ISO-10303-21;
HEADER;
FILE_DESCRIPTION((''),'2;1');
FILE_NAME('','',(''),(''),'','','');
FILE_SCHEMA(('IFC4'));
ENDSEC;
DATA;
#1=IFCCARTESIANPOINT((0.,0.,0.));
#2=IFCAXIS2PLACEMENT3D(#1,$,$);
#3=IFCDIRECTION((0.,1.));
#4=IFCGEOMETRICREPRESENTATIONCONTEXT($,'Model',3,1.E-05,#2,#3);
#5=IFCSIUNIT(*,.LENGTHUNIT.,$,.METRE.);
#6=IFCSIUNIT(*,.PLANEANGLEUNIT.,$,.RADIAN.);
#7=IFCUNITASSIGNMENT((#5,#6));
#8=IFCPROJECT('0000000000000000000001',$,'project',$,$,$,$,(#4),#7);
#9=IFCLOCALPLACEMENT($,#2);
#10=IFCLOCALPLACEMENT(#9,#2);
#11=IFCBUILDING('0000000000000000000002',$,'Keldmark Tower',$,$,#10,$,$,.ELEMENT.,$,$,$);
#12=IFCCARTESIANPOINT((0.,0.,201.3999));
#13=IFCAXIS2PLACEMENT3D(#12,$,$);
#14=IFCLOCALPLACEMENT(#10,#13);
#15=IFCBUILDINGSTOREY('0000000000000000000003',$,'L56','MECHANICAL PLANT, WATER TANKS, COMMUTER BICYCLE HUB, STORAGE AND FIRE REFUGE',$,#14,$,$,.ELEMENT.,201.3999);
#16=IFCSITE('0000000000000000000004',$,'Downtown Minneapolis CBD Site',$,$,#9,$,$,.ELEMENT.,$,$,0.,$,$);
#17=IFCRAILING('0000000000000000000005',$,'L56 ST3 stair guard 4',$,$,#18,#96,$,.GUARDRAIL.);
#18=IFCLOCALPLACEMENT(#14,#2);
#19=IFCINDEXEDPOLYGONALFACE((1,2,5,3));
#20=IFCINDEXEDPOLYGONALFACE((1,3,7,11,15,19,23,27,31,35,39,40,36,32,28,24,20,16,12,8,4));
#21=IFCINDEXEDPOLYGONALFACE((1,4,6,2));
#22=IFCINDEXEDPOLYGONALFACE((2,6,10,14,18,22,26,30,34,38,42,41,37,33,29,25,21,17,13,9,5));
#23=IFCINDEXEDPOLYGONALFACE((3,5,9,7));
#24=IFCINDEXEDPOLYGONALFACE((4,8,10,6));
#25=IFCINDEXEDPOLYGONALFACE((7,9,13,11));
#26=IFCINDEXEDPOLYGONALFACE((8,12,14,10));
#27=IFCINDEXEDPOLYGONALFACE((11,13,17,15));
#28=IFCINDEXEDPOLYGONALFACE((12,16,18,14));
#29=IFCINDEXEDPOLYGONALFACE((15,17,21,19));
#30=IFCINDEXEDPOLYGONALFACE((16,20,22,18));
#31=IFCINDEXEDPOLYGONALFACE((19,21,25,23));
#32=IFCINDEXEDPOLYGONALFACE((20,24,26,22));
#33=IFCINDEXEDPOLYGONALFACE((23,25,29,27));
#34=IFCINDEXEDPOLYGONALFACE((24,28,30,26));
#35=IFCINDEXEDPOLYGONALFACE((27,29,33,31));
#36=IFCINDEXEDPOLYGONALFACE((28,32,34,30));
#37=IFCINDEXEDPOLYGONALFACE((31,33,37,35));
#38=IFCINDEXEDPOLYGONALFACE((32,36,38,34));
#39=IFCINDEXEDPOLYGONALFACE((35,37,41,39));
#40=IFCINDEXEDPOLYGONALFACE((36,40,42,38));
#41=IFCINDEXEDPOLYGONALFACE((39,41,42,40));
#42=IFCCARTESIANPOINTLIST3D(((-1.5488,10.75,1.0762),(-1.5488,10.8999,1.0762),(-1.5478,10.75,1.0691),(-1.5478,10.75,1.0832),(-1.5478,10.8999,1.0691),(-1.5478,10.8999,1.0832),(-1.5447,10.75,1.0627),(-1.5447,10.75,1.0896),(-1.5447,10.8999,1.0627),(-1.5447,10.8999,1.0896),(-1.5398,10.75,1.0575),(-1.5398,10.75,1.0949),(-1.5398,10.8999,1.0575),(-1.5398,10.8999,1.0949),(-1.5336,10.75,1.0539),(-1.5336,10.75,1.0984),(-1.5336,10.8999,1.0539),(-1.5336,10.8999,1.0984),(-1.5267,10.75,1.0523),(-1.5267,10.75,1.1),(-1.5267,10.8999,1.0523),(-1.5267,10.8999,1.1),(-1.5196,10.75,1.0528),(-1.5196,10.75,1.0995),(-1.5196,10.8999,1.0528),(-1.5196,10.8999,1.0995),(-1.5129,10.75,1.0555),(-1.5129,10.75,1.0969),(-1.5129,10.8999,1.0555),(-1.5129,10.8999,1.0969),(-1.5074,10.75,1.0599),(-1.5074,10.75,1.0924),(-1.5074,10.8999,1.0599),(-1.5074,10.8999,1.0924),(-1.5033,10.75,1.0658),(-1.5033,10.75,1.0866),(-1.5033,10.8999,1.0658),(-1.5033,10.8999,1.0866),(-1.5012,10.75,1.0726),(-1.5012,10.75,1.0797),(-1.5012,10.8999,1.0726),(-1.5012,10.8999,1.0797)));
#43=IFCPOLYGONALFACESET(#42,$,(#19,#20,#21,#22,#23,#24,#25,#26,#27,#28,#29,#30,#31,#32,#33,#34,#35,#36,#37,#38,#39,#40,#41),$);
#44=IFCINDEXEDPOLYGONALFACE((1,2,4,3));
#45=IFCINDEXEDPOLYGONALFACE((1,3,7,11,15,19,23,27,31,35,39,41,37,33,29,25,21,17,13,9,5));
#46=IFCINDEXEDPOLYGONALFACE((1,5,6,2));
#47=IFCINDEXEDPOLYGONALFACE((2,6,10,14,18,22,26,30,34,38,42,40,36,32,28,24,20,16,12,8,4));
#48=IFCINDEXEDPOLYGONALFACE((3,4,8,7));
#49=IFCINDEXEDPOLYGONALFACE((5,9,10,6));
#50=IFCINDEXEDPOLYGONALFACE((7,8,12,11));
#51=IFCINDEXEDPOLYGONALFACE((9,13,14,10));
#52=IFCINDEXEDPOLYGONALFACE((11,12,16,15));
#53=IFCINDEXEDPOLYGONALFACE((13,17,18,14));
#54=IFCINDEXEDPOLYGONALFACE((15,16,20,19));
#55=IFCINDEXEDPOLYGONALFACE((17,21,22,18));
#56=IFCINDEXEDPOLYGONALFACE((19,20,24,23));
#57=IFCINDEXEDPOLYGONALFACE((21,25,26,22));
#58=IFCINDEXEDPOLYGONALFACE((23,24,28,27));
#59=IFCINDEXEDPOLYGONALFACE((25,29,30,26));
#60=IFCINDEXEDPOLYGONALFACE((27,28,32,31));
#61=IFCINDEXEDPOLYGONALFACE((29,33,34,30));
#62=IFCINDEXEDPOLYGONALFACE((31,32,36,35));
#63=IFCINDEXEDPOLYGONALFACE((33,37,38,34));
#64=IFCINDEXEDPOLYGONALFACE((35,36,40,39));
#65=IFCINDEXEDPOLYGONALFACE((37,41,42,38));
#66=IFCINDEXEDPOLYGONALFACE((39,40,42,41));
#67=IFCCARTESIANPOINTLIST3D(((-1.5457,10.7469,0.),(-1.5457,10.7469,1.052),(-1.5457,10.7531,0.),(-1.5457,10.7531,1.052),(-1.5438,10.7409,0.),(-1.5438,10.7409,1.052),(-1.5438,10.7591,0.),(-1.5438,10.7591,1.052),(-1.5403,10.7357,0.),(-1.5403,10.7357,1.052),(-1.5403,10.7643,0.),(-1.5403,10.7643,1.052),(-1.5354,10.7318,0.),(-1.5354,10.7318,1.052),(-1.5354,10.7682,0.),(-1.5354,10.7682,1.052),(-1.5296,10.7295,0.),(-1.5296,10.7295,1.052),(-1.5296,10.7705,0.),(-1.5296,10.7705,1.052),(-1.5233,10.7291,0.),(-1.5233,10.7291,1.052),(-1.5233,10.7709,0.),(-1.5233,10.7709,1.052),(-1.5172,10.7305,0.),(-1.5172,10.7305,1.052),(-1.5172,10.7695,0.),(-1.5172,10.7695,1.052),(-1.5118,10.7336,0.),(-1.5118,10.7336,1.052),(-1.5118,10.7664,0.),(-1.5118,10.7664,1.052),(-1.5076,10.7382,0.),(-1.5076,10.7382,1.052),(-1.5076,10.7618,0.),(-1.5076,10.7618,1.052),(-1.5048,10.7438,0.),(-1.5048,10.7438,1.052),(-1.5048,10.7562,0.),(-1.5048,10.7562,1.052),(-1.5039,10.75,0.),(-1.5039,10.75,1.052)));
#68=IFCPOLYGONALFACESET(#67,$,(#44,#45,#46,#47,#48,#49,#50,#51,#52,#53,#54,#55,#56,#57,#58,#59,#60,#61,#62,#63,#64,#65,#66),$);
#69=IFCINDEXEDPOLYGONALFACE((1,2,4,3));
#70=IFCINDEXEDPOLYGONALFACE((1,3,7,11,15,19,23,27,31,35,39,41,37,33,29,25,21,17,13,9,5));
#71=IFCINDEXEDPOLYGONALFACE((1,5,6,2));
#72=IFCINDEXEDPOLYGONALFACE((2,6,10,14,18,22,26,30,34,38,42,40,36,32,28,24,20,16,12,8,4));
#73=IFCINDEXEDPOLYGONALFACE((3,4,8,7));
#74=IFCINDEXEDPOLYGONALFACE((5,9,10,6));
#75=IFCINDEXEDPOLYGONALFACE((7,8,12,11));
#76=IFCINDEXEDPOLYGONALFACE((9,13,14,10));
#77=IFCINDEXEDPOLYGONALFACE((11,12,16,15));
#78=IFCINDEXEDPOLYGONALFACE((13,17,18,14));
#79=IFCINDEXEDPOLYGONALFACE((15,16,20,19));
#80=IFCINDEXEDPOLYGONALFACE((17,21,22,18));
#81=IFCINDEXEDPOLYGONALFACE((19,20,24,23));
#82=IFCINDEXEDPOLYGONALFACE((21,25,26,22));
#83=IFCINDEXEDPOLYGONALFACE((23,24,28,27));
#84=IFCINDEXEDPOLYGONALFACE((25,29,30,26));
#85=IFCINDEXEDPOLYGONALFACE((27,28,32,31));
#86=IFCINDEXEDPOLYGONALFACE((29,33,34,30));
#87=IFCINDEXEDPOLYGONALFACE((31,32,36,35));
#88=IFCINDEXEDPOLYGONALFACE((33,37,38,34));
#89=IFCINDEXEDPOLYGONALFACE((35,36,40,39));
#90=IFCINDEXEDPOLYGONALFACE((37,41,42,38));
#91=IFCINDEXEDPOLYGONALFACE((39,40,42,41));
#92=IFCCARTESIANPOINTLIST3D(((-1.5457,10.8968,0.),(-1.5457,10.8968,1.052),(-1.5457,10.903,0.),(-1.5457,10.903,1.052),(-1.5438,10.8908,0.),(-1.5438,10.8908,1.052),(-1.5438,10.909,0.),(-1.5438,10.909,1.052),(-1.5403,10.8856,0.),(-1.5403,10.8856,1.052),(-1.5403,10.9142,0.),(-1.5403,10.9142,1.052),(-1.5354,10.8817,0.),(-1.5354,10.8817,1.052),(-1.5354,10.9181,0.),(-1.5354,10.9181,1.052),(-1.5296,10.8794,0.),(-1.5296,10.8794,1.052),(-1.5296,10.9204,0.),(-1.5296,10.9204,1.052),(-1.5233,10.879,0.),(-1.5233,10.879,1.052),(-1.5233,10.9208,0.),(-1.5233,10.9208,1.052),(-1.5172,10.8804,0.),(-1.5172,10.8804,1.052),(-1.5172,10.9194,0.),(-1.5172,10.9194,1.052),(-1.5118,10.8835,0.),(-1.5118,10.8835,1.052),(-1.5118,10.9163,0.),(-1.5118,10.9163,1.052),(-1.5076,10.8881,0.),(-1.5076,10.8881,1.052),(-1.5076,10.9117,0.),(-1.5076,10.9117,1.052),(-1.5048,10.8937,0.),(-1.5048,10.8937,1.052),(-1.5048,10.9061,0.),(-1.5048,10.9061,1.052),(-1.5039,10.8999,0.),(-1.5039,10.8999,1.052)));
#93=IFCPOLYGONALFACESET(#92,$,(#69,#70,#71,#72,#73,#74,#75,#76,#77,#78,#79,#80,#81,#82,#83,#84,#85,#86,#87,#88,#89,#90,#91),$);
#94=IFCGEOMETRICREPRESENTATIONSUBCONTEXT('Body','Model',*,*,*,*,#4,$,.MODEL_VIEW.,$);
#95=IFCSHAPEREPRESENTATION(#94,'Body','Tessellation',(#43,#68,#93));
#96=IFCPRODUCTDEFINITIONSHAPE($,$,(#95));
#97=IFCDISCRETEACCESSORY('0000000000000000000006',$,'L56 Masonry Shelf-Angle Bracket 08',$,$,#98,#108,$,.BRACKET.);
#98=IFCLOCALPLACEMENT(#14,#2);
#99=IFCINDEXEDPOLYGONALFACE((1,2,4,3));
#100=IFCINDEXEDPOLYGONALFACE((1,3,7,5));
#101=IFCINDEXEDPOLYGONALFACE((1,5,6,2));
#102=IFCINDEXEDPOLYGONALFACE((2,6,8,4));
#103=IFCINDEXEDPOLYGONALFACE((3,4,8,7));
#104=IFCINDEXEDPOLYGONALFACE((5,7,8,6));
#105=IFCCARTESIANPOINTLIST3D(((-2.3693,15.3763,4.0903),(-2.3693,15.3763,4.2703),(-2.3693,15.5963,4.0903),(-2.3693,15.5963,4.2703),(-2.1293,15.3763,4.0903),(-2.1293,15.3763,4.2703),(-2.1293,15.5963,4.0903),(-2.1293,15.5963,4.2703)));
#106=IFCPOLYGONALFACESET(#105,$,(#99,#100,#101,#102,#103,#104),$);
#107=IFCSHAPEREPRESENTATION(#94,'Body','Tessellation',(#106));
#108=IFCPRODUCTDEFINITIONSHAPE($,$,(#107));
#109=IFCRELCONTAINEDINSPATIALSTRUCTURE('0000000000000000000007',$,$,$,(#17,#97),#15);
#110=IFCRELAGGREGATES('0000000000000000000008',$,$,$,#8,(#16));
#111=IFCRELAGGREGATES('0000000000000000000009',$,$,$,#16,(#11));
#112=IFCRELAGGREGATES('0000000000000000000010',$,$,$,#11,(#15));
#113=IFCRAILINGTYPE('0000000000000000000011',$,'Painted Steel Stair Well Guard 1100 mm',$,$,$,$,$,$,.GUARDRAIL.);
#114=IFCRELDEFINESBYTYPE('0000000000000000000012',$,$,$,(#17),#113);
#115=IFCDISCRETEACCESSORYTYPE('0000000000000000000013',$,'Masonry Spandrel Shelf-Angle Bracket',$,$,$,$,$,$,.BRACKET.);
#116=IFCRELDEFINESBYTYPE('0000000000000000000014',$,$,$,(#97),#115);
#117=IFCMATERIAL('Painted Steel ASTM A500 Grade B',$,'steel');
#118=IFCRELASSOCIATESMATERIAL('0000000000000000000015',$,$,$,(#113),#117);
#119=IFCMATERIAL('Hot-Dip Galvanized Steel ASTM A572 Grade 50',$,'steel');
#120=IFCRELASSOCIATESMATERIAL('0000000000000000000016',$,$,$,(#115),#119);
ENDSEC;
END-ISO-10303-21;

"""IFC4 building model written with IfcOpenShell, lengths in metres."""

from ifc_helpers import new_model, si_unit, direction, frame, origin, origin_2d, place, context, subcontext, project, spatial, rectangle, circle, extrude, material, type_object, element, save


model = new_model("IFC4")

# Units and contexts
model_context = context("Model", 3, precision=1e-05, world=origin(), true_north=direction((0.0, 1.0)))
body_context = subcontext(model_context, "Body", "Model", "MODEL_VIEW")
ifc_project = project(units=[si_unit("LENGTHUNIT", "METRE"), si_unit("PLANEANGLEUNIT", "RADIAN")], contexts=[model_context])

# Site, building, storey
site_placement = place(None, origin())
site = spatial("IfcSite", under=ifc_project, at=site_placement, Name="Downtown Minneapolis CBD Site", CompositionType="ELEMENT", RefElevation=0.0)
building_placement = place(site_placement, origin())
building = spatial("IfcBuilding", under=site, at=building_placement, Name="Keldmark Tower", CompositionType="ELEMENT")
storey_placement = place(building_placement, frame((0.0, 0.0, 201.3999)))
storey = spatial("IfcBuildingStorey", under=building, at=storey_placement, Name="L56", Description="MECHANICAL PLANT, WATER TANKS, COMMUTER BICYCLE HUB, STORAGE AND FIRE REFUGE", CompositionType="ELEMENT", Elevation=201.3999)

# Railing
ifc_material_1 = material(Name="Painted Steel ASTM A500 Grade B", Category="steel")
railing_type = type_object("IfcRailingType", Name="Painted Steel Stair Well Guard 1100 mm", PredefinedType="GUARDRAIL", material=ifc_material_1)
railing_1_placement = place(storey_placement, frame((-1.5249, 10.75, 0.0)))
element("IfcRailing", 1, at=railing_1_placement, inside=storey, type_object=railing_type, Name="L56 ST3 stair guard 4", PredefinedType="GUARDRAIL", context=body_context, shape_type="SweptSolid", body=[
    extrude(circle(Radius=0.0239, at=origin_2d()), frame((0.0, 0.0, 1.0762), z_axis=(0.0, 1.0, 0.0), x_axis=(-1.0, 0.0, 0.0)), (0.0, 0.0, 1.0), 0.1499),
    extrude(circle(Radius=0.021, at=origin_2d()), origin(), (0.0, 0.0, 1.0), 1.052),
    extrude(circle(Radius=0.021, at=origin_2d()), frame((0.0, 0.1499, 0.0)), (0.0, 0.0, 1.0), 1.052),
])

# Discrete accessory
ifc_material_2 = material(Name="Hot-Dip Galvanized Steel ASTM A572 Grade 50", Category="steel")
discrete_accessory_type = type_object("IfcDiscreteAccessoryType", Name="Masonry Spandrel Shelf-Angle Bracket", PredefinedType="BRACKET", material=ifc_material_2)
discrete_accessory_placement = place(storey_placement, frame((-2.2493, 15.4863, 4.0903), z_axis=(0.0, 0.0, 1.0), x_axis=(1.0, 0.0, 0.0)))
element("IfcDiscreteAccessory", 2, at=discrete_accessory_placement, inside=storey, type_object=discrete_accessory_type, Name="L56 Masonry Shelf-Angle Bracket 08", PredefinedType="BRACKET", context=body_context, shape_type="SweptSolid", body=[
    extrude(rectangle(XDim=0.24, YDim=0.22, at=origin_2d()), origin(), (0.0, 0.0, 1.0), 0.1799),
])

save(model, "model.ifc")
